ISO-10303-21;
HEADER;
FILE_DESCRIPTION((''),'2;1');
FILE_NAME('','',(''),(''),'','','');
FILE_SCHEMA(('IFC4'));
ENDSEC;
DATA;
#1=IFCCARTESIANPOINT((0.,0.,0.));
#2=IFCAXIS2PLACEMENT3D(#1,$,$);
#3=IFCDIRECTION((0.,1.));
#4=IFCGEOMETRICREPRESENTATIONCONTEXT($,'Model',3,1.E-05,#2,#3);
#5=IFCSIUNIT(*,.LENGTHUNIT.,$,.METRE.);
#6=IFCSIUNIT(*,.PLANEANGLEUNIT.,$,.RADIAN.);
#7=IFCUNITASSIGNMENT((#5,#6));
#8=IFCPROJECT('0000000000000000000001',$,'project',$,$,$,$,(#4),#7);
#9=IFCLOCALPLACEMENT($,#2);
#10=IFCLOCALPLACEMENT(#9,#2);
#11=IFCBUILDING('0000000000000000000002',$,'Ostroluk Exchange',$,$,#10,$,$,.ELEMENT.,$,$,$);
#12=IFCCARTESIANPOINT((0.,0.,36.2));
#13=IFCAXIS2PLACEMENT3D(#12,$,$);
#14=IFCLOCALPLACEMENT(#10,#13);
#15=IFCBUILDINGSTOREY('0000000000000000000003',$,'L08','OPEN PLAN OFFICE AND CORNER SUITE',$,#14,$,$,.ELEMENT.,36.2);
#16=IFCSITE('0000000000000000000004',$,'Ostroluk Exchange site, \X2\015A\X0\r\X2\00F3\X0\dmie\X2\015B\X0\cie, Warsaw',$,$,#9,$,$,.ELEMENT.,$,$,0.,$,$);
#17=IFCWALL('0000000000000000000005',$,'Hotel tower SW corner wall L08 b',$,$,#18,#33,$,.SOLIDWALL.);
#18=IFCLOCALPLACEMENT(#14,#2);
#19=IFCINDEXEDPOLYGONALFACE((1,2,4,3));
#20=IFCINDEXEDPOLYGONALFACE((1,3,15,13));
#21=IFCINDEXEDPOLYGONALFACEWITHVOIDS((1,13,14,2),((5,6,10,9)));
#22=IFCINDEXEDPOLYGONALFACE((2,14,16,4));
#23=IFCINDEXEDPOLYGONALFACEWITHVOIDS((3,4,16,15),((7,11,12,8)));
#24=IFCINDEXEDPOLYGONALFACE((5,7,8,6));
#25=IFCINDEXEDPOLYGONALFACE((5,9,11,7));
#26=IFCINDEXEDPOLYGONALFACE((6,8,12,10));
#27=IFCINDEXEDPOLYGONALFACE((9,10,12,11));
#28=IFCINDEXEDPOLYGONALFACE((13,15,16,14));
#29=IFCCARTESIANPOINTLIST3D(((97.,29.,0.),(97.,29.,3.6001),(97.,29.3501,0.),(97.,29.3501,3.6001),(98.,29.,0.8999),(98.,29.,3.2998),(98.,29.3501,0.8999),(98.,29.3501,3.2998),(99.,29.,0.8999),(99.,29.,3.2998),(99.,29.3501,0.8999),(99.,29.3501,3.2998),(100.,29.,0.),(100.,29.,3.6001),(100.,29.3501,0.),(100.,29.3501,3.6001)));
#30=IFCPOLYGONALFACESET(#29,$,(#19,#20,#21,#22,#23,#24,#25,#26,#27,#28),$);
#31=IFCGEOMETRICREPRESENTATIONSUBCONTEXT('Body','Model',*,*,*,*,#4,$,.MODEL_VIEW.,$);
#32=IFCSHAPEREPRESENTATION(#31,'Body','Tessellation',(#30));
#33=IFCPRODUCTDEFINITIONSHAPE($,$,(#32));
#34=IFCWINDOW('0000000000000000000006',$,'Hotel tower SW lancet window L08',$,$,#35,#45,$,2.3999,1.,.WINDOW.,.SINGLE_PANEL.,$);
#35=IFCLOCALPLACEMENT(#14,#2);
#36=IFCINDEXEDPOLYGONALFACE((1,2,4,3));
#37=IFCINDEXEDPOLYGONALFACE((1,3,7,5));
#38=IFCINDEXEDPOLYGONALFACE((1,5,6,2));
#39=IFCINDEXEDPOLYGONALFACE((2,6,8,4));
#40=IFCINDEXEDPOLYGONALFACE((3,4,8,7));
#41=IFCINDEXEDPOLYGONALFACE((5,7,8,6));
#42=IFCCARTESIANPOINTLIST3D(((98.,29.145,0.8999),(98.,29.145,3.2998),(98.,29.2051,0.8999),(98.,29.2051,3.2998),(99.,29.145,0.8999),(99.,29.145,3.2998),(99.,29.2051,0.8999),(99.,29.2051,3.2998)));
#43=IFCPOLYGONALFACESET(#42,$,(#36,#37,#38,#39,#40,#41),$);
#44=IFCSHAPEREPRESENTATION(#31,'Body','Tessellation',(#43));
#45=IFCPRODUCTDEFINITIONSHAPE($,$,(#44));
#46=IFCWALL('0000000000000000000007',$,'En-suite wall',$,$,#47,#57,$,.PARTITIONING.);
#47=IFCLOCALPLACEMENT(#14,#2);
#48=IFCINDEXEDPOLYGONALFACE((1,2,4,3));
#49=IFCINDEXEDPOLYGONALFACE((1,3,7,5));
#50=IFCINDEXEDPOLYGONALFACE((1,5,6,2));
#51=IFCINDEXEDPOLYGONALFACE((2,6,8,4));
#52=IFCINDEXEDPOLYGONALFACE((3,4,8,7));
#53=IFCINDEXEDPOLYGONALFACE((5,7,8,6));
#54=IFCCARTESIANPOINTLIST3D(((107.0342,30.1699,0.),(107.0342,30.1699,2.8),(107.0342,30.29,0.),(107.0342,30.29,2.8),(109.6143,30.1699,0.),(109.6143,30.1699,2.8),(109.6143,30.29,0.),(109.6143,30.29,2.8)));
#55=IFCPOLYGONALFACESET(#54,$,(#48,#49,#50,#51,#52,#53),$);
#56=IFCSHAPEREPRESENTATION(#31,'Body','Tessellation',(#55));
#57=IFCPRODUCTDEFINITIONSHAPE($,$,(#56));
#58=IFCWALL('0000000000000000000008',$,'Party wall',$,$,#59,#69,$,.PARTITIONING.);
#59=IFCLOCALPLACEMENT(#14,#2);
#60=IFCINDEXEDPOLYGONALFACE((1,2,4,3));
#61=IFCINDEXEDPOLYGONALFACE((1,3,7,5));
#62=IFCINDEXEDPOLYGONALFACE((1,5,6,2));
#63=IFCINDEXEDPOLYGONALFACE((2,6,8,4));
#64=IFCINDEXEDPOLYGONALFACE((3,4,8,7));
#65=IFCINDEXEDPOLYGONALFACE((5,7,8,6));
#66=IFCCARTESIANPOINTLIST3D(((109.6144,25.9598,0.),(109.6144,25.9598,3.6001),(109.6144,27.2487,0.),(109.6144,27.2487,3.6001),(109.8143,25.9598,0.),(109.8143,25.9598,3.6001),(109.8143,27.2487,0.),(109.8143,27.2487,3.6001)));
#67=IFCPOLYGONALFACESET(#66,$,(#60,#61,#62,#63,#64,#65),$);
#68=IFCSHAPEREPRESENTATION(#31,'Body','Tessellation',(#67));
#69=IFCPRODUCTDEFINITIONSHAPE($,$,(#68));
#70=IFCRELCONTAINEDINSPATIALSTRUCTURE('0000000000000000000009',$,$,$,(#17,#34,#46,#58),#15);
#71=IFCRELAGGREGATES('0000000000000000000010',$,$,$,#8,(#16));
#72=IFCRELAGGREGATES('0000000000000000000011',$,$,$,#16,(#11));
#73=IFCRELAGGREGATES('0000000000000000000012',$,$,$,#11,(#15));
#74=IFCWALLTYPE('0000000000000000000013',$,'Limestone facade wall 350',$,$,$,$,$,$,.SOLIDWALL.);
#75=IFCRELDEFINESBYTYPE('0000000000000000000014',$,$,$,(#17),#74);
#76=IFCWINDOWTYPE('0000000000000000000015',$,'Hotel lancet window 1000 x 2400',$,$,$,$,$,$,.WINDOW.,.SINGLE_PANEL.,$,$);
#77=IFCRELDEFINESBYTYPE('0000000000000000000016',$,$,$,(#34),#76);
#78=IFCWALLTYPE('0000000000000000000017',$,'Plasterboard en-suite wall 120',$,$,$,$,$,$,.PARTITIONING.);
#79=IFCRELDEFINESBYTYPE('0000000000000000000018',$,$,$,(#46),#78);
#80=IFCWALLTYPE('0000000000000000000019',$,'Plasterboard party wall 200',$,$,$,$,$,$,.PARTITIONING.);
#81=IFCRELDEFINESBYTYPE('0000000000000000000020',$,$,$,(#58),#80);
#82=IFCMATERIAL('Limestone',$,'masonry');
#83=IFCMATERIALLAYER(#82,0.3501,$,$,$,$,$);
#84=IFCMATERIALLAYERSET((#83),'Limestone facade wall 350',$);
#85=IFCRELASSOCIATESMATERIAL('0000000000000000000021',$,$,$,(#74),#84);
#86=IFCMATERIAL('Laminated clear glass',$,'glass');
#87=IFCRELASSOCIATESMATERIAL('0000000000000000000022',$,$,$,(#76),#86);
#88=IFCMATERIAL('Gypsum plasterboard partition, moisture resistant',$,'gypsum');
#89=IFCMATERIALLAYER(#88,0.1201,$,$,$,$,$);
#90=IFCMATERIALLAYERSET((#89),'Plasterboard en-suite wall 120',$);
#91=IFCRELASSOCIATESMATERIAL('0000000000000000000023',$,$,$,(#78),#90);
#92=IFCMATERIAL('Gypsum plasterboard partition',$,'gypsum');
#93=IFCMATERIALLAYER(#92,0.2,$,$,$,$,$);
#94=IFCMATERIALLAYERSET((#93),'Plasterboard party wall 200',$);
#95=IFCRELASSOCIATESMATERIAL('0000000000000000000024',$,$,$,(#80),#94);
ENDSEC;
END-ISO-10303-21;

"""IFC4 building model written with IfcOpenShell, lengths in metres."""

from ifc_helpers import new_model, si_unit, direction, frame, frame_2d, origin, place, context, subcontext, project, spatial, rectangle, extrude, material, layer, layer_set, type_object, element, fill, save


model = new_model("IFC4")

# Units and contexts
model_context = context("Model", 3, precision=1e-05, world=origin(), true_north=direction((0.0, 1.0)))
body_context = subcontext(model_context, "Body", "Model", "MODEL_VIEW")
ifc_project = project(units=[si_unit("LENGTHUNIT", "METRE"), si_unit("PLANEANGLEUNIT", "RADIAN")], contexts=[model_context])

# Site, building, storey
site_placement = place(None, origin())
site = spatial("IfcSite", under=ifc_project, at=site_placement, Name="Ostroluk Exchange site, Śródmieście, Warsaw", CompositionType="ELEMENT", RefElevation=0.0)
building_placement = place(site_placement, origin())
building = spatial("IfcBuilding", under=site, at=building_placement, Name="Ostroluk Exchange", CompositionType="ELEMENT")
storey_placement = place(building_placement, frame((0.0, 0.0, 36.2)))
storey = spatial("IfcBuildingStorey", under=building, at=storey_placement, Name="L08", Description="OPEN PLAN OFFICE AND CORNER SUITE", CompositionType="ELEMENT", Elevation=36.2)

# Shared definitions
ifc_material_1 = material(Name="Limestone", Category="masonry")
ifc_layer_1 = layer(ifc_material_1, 0.3501)
ifc_layer_set_1 = layer_set([ifc_layer_1], Name="Limestone facade wall 350")
wall_type_1 = type_object("IfcWallType", Name="Limestone facade wall 350", PredefinedType="SOLIDWALL", material=ifc_layer_set_1)

# Wall, opening, window
wall_1_placement = place(storey_placement, frame((100.0, 29.175, 0.0), z_axis=(0.0, 0.0, 1.0), x_axis=(-1.0, 0.0, 0.0)))
wall_1 = element("IfcWall", 1, at=wall_1_placement, inside=storey, type_object=wall_type_1, Name="Hotel tower SW corner wall L08 b", PredefinedType="SOLIDWALL", context=body_context, shape_type="SweptSolid", body=[
    extrude(rectangle(XDim=3.0, YDim=0.3501, at=frame_2d((1.5, 0.0))), origin(), (0.0, 0.0, 1.0), 3.6001),
])
opening_1_placement = place(wall_1_placement, frame((1.0, 0.0, 0.8999)))
opening_1 = element("IfcOpeningElement", 2, at=opening_1_placement, cuts=wall_1, PredefinedType="OPENING", context=body_context, shape_type="SweptSolid", body=[
    extrude(rectangle(XDim=1.0, YDim=2.3999, at=frame_2d((0.5, 1.2))), frame((0.0, 0.1851, 0.0), z_axis=(0.0, -1.0, 0.0), x_axis=(1.0, 0.0, 0.0)), (0.0, 0.0, 1.0), 0.3701),
])
ifc_material_2 = material(Name="Laminated clear glass", Category="glass")
window_type = type_object("IfcWindowType", Name="Hotel lancet window 1000 x 2400", PartitioningType="SINGLE_PANEL", PredefinedType="WINDOW", material=ifc_material_2)
window_placement = place(opening_1_placement, origin())
window = element("IfcWindow", 3, at=window_placement, inside=storey, type_object=window_type, Name="Hotel tower SW lancet window L08", OverallHeight=2.3999, OverallWidth=1.0, PartitioningType="SINGLE_PANEL", PredefinedType="WINDOW", context=body_context, shape_type="SweptSolid", body=[
    extrude(rectangle(XDim=1.0, YDim=2.3999, at=frame_2d((0.5, 1.2))), frame((0.0, 0.03, 0.0), z_axis=(0.0, -1.0, 0.0), x_axis=(1.0, 0.0, 0.0)), (0.0, 0.0, 1.0), 0.0601),
])
fill(opening_1, window)

# Walls
ifc_material_3 = material(Name="Gypsum plasterboard partition, moisture resistant", Category="gypsum")
ifc_layer_2 = layer(ifc_material_3, 0.1201)
ifc_layer_set_2 = layer_set([ifc_layer_2], Name="Plasterboard en-suite wall 120")
wall_type_2 = type_object("IfcWallType", Name="Plasterboard en-suite wall 120", PredefinedType="PARTITIONING", material=ifc_layer_set_2)
wall_2_placement = place(storey_placement, frame((109.6143, 30.23, 0.0), z_axis=(0.0, 0.0, 1.0), x_axis=(-1.0, 0.0, 0.0)))
element("IfcWall", 4, at=wall_2_placement, inside=storey, type_object=wall_type_2, Name="En-suite wall", PredefinedType="PARTITIONING", context=body_context, shape_type="SweptSolid", body=[
    extrude(rectangle(XDim=2.5801, YDim=0.1201, at=frame_2d((1.29, 0.0))), origin(), (0.0, 0.0, 1.0), 2.8),
])
ifc_material_4 = material(Name="Gypsum plasterboard partition", Category="gypsum")
ifc_layer_3 = layer(ifc_material_4, 0.2)
ifc_layer_set_3 = layer_set([ifc_layer_3], Name="Plasterboard party wall 200")
wall_type_3 = type_object("IfcWallType", Name="Plasterboard party wall 200", PredefinedType="PARTITIONING", material=ifc_layer_set_3)
wall_3_placement = place(storey_placement, frame((109.7144, 27.2488, 0.0), z_axis=(0.0, 0.0, 1.0), x_axis=(0.0, -1.0, 0.0)))
element("IfcWall", 5, at=wall_3_placement, inside=storey, type_object=wall_type_3, Name="Party wall", PredefinedType="PARTITIONING", context=body_context, shape_type="SweptSolid", body=[
    extrude(rectangle(XDim=1.2888, YDim=0.2, at=frame_2d((0.6445, 0.0))), origin(), (0.0, 0.0, 1.0), 3.6001),
])

save(model, "model.ifc")
